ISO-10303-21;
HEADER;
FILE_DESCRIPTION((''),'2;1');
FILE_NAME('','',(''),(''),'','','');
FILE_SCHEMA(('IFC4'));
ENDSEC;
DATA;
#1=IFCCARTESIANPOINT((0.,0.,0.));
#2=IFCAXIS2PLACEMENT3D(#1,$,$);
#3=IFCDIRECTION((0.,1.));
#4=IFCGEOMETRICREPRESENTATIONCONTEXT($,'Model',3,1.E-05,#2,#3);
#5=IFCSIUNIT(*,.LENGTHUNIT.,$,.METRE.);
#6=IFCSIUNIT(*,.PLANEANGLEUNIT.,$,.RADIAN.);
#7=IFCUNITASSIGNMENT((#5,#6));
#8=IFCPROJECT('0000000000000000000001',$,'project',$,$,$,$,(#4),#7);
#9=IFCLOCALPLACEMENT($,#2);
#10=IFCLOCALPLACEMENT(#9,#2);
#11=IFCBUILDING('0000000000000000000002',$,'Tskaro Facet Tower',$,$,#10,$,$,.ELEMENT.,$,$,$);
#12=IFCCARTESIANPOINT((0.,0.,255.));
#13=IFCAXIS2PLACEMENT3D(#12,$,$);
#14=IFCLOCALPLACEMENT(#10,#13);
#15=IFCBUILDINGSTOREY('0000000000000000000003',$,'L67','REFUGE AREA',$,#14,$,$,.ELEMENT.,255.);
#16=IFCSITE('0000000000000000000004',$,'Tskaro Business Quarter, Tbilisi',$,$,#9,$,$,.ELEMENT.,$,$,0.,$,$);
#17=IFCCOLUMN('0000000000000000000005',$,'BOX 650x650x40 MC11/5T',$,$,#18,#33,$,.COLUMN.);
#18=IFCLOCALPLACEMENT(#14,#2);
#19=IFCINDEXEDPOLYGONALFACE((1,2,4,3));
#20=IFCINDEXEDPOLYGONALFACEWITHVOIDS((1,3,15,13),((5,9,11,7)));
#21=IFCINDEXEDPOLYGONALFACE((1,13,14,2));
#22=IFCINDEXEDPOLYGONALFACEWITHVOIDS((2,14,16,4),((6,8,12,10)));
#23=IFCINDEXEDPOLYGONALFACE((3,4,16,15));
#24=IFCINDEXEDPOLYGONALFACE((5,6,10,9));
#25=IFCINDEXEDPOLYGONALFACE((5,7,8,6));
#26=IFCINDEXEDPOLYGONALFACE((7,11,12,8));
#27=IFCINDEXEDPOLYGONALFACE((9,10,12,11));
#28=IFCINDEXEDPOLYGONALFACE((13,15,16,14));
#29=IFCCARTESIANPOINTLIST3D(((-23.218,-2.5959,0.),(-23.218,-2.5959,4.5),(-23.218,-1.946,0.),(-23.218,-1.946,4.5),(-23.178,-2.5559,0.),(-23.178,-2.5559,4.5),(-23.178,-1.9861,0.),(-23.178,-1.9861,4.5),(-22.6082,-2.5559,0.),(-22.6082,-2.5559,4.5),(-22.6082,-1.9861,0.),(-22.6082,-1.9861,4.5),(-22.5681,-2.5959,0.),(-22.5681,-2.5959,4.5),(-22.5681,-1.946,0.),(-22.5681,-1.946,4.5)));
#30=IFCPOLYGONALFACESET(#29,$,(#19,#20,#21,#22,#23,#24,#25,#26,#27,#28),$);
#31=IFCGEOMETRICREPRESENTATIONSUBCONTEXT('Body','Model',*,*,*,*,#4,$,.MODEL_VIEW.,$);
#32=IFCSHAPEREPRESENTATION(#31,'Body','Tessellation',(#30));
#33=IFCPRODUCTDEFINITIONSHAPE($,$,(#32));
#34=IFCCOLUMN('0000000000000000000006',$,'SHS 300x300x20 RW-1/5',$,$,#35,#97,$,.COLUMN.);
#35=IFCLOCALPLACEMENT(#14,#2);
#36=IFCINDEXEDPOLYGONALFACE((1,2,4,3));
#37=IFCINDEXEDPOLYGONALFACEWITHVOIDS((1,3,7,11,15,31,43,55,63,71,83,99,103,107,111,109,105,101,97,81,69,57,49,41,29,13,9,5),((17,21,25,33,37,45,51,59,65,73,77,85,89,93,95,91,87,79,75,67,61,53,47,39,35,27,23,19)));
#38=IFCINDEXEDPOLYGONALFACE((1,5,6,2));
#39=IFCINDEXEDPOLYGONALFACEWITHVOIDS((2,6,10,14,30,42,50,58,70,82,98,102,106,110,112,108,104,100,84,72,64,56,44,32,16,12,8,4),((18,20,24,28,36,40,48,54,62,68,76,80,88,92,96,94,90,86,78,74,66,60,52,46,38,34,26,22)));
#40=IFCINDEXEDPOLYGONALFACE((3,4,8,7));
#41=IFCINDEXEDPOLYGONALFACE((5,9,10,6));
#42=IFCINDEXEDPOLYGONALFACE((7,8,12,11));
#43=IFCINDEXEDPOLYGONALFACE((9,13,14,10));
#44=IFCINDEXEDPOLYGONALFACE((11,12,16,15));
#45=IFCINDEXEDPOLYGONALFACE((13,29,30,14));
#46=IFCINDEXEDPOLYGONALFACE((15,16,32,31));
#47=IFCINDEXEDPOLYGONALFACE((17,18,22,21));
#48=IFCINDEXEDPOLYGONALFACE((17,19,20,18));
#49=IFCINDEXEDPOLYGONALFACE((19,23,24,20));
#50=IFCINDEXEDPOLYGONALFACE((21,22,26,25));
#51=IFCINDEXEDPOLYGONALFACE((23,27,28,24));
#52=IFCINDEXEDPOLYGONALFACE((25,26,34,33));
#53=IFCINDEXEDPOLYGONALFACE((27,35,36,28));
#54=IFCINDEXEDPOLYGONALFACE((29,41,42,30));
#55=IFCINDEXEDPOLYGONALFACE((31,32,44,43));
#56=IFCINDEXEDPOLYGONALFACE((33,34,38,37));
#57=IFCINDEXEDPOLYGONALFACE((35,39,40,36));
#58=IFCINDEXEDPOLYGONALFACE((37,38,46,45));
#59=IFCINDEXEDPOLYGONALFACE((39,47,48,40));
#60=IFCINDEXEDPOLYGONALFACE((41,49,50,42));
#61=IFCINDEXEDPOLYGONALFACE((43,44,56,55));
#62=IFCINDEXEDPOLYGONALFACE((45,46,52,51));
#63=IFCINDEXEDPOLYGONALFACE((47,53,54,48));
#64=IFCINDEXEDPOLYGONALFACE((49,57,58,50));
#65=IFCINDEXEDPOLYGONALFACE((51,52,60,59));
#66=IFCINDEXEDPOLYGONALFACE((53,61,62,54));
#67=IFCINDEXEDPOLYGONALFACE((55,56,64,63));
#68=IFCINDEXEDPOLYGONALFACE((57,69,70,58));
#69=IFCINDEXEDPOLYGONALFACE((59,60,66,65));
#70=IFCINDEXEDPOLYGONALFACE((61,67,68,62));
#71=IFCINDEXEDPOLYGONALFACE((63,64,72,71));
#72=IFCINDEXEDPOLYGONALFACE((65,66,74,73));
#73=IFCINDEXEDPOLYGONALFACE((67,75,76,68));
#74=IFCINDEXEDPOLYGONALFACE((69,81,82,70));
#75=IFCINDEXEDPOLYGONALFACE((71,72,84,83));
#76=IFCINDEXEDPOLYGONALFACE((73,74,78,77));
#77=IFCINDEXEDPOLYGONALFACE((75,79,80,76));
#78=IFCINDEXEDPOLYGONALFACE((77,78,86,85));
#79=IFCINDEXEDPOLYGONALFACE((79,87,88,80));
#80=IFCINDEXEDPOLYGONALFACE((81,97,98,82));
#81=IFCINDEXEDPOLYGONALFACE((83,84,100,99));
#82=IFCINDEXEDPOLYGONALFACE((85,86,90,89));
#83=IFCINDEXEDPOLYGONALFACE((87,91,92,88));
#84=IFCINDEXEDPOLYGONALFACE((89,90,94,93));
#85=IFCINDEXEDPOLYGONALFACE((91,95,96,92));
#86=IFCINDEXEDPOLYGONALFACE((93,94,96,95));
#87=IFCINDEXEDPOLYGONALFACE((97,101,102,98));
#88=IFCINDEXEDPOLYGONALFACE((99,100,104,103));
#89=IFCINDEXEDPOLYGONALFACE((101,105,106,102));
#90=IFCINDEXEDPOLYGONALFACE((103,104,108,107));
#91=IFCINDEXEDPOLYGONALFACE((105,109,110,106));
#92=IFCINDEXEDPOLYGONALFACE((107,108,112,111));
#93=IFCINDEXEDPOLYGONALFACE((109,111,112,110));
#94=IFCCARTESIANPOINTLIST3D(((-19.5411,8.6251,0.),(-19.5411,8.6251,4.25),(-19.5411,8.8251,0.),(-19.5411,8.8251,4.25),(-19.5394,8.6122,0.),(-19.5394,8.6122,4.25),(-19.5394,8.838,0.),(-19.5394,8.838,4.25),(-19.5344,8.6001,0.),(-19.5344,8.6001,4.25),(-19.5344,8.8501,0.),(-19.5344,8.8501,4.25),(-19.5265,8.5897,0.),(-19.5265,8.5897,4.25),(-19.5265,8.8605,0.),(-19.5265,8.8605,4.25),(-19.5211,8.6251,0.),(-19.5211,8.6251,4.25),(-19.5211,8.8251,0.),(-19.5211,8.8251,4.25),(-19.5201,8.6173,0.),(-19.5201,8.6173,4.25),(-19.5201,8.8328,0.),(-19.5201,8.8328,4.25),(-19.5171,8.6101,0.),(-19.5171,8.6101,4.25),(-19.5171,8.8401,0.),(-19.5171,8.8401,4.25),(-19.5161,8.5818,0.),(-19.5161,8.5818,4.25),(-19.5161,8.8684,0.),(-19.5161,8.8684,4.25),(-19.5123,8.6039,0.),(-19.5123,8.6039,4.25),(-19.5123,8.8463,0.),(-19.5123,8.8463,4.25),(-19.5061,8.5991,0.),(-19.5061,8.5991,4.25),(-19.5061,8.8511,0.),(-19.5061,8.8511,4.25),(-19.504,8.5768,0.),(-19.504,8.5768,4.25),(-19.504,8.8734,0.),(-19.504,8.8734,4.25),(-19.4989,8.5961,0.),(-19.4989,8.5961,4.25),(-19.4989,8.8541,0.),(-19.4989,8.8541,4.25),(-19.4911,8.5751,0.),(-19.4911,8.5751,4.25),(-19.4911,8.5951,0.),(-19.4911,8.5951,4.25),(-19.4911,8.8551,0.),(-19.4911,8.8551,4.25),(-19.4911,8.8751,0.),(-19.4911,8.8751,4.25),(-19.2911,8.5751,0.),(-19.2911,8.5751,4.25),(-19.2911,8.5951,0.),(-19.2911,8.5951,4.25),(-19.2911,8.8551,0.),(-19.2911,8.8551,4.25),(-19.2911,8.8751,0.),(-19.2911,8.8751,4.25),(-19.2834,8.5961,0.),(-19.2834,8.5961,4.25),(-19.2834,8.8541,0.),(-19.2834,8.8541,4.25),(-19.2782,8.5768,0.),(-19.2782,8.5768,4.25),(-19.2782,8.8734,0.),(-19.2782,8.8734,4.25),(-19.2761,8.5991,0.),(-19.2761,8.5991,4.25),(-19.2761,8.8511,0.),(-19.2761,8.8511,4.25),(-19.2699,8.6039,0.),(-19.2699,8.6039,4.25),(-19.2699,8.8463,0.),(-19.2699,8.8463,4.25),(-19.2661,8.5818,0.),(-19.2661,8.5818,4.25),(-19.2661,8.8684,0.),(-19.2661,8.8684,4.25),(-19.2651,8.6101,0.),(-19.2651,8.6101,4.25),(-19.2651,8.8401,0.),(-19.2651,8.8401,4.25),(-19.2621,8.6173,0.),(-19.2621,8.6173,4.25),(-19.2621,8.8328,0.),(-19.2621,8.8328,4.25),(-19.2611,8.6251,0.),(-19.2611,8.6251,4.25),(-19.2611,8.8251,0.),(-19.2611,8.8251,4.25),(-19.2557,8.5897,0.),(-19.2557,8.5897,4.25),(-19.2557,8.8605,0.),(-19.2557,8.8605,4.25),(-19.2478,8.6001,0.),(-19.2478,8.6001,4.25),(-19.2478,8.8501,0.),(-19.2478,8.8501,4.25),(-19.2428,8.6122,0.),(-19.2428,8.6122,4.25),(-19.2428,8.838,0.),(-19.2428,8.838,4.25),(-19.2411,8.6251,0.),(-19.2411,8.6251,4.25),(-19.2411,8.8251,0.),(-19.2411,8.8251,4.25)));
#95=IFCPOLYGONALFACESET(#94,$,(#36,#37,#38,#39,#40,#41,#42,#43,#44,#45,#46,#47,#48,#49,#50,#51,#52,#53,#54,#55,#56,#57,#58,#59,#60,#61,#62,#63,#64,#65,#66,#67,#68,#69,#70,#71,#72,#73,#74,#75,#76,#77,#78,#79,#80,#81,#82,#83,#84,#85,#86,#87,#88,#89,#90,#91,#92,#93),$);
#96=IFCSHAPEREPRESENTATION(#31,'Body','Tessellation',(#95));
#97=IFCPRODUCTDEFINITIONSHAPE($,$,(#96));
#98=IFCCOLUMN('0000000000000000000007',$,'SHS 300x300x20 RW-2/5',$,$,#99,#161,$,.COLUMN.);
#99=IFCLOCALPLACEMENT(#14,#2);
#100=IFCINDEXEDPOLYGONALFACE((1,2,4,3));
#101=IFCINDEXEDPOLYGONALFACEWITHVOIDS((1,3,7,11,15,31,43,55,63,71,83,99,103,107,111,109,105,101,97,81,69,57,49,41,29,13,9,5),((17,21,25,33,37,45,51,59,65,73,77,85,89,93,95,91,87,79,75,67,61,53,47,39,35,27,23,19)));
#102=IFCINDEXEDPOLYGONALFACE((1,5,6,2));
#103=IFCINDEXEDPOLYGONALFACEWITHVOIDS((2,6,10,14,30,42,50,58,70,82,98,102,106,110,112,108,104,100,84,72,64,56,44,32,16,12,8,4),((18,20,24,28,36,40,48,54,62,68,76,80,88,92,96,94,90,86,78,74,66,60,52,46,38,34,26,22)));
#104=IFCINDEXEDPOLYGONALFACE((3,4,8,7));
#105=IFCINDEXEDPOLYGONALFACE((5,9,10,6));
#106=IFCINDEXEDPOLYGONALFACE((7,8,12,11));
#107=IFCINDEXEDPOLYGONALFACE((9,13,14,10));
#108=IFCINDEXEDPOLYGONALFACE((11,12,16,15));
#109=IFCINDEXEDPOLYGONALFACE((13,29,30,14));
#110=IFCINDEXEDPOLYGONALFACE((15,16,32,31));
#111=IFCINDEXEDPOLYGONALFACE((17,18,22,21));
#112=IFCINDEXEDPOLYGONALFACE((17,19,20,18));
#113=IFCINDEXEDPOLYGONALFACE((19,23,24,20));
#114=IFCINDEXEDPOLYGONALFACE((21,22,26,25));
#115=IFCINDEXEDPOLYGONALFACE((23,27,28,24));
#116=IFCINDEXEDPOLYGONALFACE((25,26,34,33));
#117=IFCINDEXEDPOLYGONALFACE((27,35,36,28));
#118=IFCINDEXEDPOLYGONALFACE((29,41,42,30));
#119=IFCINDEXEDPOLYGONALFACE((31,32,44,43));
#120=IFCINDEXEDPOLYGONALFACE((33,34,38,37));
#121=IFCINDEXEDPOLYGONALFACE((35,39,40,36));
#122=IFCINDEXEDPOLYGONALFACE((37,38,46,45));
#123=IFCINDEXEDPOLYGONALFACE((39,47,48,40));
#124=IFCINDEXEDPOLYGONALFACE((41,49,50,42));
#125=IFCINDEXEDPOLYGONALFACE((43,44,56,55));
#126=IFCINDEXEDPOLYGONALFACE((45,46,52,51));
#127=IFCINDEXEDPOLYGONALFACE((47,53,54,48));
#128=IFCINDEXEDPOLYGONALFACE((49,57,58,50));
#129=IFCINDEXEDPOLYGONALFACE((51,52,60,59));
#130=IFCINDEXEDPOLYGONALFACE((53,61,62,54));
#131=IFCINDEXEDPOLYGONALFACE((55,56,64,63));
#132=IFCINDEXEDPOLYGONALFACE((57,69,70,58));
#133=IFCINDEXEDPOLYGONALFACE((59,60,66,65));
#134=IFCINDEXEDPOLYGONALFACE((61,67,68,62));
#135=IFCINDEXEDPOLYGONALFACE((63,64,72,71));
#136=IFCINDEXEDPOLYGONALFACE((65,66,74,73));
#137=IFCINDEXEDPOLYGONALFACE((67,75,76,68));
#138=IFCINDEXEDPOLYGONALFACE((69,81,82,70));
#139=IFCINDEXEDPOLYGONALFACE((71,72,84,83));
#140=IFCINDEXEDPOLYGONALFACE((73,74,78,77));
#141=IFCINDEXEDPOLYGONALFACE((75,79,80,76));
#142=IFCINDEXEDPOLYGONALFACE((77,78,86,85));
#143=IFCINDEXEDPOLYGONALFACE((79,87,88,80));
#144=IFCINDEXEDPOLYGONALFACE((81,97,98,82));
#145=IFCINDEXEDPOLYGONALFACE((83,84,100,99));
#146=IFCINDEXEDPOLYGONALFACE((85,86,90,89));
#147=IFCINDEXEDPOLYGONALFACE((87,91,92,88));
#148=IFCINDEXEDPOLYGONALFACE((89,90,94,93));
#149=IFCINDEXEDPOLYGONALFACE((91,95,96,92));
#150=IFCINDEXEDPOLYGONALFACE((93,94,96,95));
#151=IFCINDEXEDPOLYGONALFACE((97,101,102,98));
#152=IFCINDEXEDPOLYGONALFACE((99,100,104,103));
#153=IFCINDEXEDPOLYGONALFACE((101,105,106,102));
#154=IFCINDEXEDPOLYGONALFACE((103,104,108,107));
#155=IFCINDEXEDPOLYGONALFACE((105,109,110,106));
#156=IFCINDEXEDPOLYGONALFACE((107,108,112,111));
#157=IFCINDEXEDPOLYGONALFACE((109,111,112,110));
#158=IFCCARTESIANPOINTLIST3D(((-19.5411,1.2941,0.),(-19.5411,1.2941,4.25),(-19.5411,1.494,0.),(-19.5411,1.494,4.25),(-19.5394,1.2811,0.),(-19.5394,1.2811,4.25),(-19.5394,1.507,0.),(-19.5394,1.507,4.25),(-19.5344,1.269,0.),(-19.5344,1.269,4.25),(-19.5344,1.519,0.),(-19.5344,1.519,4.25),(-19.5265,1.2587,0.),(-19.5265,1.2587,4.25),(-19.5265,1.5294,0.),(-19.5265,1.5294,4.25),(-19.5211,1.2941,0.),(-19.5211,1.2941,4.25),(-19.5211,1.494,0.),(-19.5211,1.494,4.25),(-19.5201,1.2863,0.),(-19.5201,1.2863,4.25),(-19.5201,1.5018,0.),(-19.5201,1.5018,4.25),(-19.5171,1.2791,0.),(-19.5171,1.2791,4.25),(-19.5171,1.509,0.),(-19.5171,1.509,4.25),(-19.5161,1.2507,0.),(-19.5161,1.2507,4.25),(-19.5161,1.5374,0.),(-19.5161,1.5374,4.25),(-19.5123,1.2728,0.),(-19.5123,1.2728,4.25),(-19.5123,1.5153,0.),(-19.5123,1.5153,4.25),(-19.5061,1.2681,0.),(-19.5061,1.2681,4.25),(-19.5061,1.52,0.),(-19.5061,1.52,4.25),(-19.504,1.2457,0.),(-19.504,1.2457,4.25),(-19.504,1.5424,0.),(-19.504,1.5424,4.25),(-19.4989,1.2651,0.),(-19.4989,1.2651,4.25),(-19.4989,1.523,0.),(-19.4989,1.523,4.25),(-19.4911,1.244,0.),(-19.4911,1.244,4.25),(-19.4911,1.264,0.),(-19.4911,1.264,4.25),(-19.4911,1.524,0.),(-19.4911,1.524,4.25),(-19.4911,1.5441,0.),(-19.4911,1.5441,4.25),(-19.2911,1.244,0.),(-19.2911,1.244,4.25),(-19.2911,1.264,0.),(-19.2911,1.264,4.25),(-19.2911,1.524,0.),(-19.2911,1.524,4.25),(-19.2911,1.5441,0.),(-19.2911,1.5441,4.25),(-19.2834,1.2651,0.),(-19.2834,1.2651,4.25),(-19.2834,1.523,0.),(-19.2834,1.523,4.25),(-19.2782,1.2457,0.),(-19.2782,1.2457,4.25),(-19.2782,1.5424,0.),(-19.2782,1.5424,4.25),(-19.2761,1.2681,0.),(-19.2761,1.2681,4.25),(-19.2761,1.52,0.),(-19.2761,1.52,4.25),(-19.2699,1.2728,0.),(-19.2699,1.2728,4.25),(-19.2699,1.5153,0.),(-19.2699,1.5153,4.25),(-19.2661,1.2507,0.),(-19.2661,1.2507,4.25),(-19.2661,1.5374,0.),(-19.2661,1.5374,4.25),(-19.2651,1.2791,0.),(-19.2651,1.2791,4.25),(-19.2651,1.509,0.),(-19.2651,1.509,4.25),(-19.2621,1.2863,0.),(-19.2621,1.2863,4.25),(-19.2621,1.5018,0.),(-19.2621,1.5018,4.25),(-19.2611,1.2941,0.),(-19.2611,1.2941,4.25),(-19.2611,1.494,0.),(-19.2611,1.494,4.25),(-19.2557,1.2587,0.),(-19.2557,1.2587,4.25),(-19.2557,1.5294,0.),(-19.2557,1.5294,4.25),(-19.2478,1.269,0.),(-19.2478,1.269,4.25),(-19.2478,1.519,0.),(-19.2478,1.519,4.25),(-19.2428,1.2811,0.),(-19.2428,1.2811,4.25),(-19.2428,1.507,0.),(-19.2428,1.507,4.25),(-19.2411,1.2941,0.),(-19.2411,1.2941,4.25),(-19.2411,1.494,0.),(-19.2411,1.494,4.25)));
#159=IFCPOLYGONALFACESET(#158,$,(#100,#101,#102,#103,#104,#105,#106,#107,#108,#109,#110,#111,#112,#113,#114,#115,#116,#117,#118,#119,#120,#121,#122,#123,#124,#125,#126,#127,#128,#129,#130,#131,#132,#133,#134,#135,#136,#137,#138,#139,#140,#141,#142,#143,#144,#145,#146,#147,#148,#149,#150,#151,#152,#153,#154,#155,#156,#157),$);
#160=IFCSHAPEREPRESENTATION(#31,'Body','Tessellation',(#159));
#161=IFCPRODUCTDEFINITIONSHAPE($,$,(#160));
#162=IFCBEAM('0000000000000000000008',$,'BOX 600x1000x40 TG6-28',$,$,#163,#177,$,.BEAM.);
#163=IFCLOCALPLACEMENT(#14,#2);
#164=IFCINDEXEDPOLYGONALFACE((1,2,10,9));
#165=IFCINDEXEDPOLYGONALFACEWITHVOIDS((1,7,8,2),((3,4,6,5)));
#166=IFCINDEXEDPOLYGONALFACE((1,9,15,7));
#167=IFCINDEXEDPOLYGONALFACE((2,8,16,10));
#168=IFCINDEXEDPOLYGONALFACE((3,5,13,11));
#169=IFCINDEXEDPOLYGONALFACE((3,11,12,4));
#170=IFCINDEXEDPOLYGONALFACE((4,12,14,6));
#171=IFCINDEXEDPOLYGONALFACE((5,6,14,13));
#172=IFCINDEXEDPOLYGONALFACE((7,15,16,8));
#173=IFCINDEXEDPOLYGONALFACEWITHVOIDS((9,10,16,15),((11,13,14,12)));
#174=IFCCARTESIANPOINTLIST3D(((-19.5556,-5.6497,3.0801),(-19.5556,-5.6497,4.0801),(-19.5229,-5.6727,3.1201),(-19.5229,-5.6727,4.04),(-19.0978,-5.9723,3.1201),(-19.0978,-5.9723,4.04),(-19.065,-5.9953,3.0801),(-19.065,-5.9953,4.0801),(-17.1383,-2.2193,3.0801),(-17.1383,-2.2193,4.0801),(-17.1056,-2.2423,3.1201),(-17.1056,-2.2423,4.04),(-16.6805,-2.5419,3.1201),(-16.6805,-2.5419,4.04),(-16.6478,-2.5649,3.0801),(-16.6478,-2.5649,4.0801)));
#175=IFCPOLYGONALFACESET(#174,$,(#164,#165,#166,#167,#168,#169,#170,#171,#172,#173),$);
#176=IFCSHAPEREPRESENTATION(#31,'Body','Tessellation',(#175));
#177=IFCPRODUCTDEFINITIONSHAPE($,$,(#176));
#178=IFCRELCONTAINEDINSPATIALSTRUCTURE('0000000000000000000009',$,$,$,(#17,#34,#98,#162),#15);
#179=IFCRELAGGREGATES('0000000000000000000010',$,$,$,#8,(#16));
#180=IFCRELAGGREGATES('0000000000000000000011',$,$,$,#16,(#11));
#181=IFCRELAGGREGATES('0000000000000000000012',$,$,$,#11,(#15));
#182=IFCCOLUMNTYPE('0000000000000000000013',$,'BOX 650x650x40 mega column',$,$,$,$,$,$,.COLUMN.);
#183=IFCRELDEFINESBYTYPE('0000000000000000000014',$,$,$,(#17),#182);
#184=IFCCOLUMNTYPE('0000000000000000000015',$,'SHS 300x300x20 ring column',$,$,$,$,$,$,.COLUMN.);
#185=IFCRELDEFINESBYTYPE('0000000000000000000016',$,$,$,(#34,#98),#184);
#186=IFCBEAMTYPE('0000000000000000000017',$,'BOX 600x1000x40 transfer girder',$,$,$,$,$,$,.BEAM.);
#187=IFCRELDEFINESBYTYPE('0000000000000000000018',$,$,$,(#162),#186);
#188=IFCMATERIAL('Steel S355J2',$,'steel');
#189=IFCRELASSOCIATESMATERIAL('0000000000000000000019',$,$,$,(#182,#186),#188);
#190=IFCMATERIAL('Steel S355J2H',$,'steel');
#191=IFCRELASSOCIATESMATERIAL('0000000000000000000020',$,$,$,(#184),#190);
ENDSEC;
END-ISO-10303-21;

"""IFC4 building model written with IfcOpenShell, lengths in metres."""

from ifc_helpers import new_model, si_unit, direction, frame, origin, origin_2d, place, context, subcontext, project, spatial, hollow_rectangle, extrude, material, material_profile, profile_set, type_object, element, save


model = new_model("IFC4")

# Units and contexts
model_context = context("Model", 3, precision=1e-05, world=origin(), true_north=direction((0.0, 1.0)))
body_context = subcontext(model_context, "Body", "Model", "MODEL_VIEW")
ifc_project = project(units=[si_unit("LENGTHUNIT", "METRE"), si_unit("PLANEANGLEUNIT", "RADIAN")], contexts=[model_context])

# Site, building, storey
site_placement = place(None, origin())
site = spatial("IfcSite", under=ifc_project, at=site_placement, Name="Tskaro Business Quarter, Tbilisi", CompositionType="ELEMENT", RefElevation=0.0)
building_placement = place(site_placement, origin())
building = spatial("IfcBuilding", under=site, at=building_placement, Name="Tskaro Facet Tower", CompositionType="ELEMENT")
storey_placement = place(building_placement, frame((0.0, 0.0, 255.0)))
storey = spatial("IfcBuildingStorey", under=building, at=storey_placement, Name="L67", Description="REFUGE AREA", CompositionType="ELEMENT", Elevation=255.0)

# Columns
ifc_material_1 = material(Name="Steel S355J2", Category="steel")
ifc_material_profile_1 = material_profile(ifc_material_1, hollow_rectangle(XDim=0.6499, YDim=0.6499, WallThickness=0.04, at=origin_2d()), Name="BOX 650x650x40")
ifc_profile_set_1 = profile_set([ifc_material_profile_1], Name="Steel S355J2")
column_type_1 = type_object("IfcColumnType", Name="BOX 650x650x40 mega column", PredefinedType="COLUMN", material=ifc_profile_set_1)
column_placement = place(storey_placement, frame((-22.8931, -2.271, 0.0), z_axis=(0.0, 0.0, 1.0), x_axis=(1.0, 0.0, 0.0)))
element("IfcColumn", 1, at=column_placement, inside=storey, type_object=column_type_1, Name="BOX 650x650x40 MC11/5T", PredefinedType="COLUMN", context=body_context, shape_type="SweptSolid", body=[
    extrude(hollow_rectangle(XDim=0.6499, YDim=0.6499, WallThickness=0.04, at=origin_2d()), origin(), (0.0, 0.0, 1.0), 4.5),
])
ifc_material_2 = material(Name="Steel S355J2H", Category="steel")
ifc_material_profile_2 = material_profile(ifc_material_2, hollow_rectangle(XDim=0.3, YDim=0.3, WallThickness=0.02, InnerFilletRadius=0.03, OuterFilletRadius=0.05, at=origin_2d()), Name="SHS 300x300x20")
ifc_profile_set_2 = profile_set([ifc_material_profile_2], Name="Steel S355J2H")
column_type_2 = type_object("IfcColumnType", Name="SHS 300x300x20 ring column", PredefinedType="COLUMN", material=ifc_profile_set_2)
for number, where, z_axis, x_axis, name in (
    (2, (-19.3911, 8.7251, 0.0), (0.0, 0.0, 1.0), (1.0, 0.0, 0.0), "SHS 300x300x20 RW-1/5"),
    (3, (-19.3911, 1.394, 0.0), (0.0, 0.0, 1.0), (1.0, 0.0, 0.0), "SHS 300x300x20 RW-2/5"),
):
    element("IfcColumn", number, at=place(storey_placement, frame(where, z_axis=z_axis, x_axis=x_axis)), inside=storey, type_object=column_type_2, Name=name, PredefinedType="COLUMN", context=body_context, shape_type="SweptSolid", body=[
        extrude(hollow_rectangle(XDim=0.3, YDim=0.3, WallThickness=0.02, InnerFilletRadius=0.03, OuterFilletRadius=0.05, at=origin_2d()), origin(), (0.0, 0.0, 1.0), 4.25),
    ])

# Beam
ifc_material_profile_3 = material_profile(ifc_material_1, hollow_rectangle(XDim=0.6001, YDim=1.0, WallThickness=0.04, at=origin_2d()), Name="BOX 600x1000x40")
ifc_profile_set_3 = profile_set([ifc_material_profile_3], Name="Steel S355J2")
beam_type_1 = type_object("IfcBeamType", Name="BOX 600x1000x40 transfer girder", PredefinedType="BEAM", material=ifc_profile_set_3)
beam_1_placement = place(storey_placement, frame((-16.8931, -2.3921, 3.5801), z_axis=(-0.576009, -0.817443, 0.0), x_axis=(0.817443, -0.576009, 0.0)))
element("IfcBeam", 4, at=beam_1_placement, inside=storey, type_object=beam_type_1, Name="BOX 600x1000x40 TG6-28", PredefinedType="BEAM", context=body_context, shape_type="SweptSolid", body=[
    extrude(hollow_rectangle(XDim=0.6001, YDim=1.0, WallThickness=0.04, at=origin_2d()), origin(), (0.0, 0.0, 1.0), 4.1965),
])

save(model, "model.ifc")
